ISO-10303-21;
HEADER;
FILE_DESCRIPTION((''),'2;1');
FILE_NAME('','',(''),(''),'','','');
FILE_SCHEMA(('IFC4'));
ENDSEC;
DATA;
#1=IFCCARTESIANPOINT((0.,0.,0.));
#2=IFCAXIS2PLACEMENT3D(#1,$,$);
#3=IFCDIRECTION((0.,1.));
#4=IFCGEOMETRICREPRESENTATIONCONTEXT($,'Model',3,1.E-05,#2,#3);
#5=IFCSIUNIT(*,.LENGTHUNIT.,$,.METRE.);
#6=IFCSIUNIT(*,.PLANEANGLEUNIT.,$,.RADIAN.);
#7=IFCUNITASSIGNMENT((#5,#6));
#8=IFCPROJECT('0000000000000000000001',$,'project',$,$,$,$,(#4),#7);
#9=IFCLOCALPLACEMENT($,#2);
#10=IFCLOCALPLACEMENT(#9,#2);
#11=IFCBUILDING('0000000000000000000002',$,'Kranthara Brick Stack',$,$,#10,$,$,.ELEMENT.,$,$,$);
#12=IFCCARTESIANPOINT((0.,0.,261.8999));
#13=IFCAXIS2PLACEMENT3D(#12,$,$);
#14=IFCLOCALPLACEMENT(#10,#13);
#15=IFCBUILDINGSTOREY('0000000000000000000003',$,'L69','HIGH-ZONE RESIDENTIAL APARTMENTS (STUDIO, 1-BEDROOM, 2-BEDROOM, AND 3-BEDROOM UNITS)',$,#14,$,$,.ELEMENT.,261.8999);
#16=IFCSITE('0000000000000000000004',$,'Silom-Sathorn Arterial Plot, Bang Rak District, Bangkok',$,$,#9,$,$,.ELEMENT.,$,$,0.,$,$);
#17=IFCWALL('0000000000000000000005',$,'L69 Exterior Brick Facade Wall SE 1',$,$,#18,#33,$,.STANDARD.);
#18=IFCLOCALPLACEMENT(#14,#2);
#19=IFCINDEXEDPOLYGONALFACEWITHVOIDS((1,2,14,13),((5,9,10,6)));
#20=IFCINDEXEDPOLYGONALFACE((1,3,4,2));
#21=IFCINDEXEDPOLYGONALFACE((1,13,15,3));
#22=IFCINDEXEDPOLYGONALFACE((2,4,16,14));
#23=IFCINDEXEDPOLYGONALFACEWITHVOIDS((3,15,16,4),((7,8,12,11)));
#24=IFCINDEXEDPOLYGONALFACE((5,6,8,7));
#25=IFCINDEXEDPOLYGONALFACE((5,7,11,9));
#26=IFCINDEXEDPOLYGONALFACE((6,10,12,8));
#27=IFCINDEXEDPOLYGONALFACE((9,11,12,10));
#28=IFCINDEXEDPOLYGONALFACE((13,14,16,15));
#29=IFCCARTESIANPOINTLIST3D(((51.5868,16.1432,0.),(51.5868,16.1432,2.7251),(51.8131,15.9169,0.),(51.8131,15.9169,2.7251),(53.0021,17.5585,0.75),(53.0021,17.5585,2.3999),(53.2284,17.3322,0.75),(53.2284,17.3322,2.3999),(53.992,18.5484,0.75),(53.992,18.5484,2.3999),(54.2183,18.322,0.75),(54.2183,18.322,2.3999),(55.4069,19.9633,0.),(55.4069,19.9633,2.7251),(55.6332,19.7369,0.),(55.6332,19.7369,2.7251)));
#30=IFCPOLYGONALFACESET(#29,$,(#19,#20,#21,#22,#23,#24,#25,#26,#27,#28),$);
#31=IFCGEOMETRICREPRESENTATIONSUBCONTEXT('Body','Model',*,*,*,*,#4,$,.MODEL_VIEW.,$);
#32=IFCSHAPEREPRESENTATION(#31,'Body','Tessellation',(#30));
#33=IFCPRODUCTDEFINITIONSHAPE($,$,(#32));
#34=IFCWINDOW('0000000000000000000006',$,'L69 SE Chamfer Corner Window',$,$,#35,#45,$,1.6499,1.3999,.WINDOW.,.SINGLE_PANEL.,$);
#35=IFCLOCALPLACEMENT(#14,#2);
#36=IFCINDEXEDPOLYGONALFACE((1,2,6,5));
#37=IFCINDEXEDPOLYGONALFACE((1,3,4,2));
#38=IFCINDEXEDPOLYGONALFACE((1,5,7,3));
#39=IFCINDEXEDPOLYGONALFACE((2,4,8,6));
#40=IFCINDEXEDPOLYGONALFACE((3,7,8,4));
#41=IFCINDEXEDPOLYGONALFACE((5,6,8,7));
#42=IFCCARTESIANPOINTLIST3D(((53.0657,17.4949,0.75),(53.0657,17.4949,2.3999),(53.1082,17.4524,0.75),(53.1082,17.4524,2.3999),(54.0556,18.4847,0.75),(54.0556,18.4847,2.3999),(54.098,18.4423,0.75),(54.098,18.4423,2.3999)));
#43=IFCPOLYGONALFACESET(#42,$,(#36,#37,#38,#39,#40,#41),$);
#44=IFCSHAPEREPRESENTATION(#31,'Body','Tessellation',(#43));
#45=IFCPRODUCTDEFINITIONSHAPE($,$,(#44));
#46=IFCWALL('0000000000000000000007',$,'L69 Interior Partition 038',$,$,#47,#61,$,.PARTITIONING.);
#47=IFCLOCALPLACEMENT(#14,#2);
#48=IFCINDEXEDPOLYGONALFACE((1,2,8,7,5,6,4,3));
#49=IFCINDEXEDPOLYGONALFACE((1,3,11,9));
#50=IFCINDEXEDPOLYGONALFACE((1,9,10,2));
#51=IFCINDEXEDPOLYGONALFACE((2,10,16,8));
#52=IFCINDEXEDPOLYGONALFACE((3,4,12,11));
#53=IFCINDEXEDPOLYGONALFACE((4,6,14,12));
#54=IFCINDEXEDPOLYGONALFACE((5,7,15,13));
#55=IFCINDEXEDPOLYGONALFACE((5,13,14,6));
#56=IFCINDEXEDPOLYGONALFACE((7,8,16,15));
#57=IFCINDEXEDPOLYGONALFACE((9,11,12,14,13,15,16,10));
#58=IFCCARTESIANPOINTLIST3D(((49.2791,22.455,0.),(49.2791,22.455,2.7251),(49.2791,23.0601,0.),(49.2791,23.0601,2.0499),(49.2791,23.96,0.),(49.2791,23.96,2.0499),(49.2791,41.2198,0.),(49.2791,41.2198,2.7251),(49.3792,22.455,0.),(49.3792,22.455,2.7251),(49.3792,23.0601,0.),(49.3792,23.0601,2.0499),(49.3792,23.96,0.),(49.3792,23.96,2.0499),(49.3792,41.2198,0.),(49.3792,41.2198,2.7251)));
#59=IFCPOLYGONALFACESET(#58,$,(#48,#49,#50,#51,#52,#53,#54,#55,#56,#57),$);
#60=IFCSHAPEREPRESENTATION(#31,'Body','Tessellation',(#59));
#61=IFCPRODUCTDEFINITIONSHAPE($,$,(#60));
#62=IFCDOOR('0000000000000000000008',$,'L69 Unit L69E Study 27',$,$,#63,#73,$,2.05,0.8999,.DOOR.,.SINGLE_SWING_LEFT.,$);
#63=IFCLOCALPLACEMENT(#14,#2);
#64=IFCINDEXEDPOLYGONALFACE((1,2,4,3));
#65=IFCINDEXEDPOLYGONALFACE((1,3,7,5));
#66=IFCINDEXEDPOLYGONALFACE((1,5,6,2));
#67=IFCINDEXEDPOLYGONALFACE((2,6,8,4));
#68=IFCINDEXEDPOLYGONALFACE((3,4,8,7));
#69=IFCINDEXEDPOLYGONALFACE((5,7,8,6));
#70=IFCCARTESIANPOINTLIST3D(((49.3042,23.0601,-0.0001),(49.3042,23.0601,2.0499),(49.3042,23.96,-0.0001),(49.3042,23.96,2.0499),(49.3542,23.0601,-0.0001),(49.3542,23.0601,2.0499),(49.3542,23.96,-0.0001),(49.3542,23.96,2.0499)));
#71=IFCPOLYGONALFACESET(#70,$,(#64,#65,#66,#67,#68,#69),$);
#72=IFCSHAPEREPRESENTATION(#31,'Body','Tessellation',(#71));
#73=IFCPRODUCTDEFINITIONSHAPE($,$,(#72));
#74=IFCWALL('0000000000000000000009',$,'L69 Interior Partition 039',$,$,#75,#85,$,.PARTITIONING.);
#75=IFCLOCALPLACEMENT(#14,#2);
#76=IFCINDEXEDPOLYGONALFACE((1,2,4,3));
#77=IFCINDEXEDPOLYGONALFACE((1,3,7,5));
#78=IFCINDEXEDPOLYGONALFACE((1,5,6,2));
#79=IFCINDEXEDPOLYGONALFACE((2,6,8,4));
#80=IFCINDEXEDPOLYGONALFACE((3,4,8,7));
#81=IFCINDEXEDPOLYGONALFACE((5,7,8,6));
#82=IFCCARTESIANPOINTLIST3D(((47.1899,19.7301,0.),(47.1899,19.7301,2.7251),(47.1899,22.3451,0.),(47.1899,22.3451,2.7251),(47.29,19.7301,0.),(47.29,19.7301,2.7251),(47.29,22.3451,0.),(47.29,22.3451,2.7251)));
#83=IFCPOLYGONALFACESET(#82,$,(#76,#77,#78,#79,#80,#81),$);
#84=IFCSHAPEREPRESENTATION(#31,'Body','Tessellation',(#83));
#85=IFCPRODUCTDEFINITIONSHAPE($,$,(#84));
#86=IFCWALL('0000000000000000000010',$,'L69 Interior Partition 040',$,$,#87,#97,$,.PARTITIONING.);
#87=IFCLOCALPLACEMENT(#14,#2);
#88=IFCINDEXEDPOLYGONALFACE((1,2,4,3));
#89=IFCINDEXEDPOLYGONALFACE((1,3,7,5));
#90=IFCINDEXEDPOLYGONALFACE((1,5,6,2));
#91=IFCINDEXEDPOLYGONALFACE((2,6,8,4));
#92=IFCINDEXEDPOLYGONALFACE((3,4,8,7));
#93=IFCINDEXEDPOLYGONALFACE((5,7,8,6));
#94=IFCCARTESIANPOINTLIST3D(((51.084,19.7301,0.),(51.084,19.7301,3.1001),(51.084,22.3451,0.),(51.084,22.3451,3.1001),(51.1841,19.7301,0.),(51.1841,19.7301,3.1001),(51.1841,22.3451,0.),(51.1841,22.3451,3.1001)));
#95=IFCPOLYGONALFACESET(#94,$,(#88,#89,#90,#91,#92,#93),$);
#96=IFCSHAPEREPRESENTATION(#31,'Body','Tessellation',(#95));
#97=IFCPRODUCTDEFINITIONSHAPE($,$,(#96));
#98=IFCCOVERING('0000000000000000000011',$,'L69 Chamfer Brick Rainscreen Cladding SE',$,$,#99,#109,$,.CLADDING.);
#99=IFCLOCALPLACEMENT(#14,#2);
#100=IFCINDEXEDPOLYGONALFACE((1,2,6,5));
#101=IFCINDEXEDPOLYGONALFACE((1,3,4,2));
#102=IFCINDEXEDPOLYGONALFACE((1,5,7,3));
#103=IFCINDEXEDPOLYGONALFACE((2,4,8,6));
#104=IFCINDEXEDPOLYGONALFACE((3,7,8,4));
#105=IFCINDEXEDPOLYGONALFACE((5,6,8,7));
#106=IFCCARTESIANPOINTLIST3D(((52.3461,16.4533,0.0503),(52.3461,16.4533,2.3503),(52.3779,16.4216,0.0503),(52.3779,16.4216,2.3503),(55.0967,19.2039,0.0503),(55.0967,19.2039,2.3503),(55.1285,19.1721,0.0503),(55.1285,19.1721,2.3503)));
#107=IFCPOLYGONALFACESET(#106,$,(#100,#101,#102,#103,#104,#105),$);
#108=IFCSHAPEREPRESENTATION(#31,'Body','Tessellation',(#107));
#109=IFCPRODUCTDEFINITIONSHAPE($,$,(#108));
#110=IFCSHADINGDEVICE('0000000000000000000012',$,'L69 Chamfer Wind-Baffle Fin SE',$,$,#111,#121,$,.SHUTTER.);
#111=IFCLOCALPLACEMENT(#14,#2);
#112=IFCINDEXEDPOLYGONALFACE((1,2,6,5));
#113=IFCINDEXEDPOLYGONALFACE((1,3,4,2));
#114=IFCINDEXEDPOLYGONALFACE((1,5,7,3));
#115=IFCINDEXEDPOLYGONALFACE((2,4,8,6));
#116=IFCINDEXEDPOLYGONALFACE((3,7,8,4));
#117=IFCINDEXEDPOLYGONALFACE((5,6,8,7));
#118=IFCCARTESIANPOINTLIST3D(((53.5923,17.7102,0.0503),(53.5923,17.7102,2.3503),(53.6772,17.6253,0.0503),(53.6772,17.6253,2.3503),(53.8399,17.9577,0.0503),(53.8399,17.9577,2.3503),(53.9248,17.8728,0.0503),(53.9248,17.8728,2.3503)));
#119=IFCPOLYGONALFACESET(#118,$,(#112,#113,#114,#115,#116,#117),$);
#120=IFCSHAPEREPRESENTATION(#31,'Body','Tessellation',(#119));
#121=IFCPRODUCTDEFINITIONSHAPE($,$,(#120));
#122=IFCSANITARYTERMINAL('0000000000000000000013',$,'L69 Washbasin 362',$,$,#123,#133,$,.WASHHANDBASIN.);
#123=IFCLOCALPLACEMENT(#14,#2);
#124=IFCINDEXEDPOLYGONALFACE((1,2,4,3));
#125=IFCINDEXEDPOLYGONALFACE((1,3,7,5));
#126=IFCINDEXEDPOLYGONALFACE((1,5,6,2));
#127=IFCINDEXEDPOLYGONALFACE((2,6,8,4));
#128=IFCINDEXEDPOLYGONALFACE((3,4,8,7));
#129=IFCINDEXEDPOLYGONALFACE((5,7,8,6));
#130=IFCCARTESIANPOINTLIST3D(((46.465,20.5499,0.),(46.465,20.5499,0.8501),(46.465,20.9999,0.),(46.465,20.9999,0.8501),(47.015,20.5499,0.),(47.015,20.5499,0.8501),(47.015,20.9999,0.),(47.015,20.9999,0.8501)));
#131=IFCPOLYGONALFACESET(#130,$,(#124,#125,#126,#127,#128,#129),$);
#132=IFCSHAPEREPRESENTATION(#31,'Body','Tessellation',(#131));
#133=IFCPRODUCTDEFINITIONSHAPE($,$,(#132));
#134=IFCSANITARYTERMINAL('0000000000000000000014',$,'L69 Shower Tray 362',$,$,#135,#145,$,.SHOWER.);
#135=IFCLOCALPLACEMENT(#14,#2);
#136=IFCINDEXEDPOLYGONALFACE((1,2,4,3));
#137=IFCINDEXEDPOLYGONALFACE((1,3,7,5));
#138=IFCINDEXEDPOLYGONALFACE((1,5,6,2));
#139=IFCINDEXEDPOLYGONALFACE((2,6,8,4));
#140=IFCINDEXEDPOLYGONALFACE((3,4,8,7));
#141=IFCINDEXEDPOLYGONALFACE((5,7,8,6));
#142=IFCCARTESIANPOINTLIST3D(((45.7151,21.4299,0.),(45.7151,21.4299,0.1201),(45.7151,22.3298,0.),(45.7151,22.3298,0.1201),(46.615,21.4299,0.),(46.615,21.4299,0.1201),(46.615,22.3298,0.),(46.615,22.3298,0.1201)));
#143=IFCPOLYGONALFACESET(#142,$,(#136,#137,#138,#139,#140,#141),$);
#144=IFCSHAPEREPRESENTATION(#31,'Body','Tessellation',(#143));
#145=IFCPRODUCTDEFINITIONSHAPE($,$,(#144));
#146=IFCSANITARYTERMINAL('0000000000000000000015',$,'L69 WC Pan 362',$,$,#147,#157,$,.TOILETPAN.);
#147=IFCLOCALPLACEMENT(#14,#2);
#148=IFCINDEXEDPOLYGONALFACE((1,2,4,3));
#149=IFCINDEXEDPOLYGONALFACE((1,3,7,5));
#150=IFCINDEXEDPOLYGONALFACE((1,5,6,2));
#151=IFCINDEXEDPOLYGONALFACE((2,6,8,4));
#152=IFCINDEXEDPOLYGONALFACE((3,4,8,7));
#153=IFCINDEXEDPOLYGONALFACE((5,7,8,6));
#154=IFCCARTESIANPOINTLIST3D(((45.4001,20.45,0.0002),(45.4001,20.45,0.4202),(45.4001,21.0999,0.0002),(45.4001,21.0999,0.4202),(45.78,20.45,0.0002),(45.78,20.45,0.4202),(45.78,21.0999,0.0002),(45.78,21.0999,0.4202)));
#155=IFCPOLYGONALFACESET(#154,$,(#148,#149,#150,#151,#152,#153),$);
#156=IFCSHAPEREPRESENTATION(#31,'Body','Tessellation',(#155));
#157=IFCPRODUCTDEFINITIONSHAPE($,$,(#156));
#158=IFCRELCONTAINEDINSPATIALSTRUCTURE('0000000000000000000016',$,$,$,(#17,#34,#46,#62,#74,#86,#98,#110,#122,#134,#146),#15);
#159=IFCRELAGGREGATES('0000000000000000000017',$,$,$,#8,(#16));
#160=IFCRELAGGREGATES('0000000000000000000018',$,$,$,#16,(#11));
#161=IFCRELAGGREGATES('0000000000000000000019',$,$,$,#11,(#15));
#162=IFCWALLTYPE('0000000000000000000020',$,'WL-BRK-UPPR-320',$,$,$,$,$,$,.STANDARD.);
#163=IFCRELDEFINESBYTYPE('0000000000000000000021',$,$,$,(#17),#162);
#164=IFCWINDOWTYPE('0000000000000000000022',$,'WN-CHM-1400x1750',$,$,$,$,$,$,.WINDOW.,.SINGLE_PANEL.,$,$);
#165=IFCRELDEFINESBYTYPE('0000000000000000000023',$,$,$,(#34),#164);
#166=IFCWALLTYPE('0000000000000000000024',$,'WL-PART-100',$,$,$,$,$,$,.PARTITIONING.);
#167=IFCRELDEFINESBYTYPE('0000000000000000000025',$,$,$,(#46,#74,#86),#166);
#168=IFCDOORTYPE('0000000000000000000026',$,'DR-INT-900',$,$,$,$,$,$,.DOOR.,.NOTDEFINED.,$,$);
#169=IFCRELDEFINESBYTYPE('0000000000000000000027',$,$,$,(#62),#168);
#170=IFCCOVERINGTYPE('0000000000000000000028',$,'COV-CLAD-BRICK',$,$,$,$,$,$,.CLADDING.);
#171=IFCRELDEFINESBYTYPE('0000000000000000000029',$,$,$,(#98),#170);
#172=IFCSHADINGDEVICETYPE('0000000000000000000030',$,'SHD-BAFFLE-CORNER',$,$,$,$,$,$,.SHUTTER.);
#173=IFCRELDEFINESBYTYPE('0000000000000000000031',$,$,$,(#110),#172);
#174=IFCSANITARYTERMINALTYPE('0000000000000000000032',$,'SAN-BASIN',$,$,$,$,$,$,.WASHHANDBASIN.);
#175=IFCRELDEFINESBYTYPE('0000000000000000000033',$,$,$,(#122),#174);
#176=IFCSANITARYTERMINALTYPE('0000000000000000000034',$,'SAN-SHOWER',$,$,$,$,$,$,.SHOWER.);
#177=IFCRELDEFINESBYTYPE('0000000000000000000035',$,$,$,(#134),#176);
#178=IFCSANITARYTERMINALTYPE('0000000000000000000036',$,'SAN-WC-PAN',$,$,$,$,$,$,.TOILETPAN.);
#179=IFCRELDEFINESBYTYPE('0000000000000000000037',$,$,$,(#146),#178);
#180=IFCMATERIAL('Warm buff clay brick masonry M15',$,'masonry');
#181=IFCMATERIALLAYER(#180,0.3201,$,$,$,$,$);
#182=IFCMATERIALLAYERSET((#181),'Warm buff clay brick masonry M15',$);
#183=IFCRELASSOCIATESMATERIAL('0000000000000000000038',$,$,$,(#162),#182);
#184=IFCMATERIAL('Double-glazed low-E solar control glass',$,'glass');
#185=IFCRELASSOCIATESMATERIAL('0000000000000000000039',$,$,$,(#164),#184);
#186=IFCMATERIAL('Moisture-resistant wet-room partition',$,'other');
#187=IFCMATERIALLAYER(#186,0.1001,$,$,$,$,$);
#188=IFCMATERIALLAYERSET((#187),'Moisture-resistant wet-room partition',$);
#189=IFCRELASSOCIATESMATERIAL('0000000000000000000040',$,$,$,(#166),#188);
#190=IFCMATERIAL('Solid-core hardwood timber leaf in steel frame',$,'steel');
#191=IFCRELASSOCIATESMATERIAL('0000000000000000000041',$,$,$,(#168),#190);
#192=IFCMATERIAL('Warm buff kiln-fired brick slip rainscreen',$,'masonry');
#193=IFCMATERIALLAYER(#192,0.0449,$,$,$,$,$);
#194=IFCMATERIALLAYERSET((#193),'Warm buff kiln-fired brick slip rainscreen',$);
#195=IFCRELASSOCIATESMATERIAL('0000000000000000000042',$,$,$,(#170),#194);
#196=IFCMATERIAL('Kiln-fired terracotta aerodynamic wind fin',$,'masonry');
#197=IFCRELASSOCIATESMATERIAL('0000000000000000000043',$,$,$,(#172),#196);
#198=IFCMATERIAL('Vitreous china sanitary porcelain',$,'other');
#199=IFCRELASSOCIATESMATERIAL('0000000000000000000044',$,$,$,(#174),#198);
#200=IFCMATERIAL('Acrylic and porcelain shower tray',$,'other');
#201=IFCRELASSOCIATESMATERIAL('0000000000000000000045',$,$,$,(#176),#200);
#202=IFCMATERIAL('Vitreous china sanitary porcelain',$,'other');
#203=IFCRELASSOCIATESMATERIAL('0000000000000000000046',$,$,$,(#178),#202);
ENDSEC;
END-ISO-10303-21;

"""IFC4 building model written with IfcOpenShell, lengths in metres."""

from ifc_helpers import new_model, si_unit, direction, frame, frame_2d, origin, origin_2d, place, context, subcontext, project, spatial, rectangle, extrude, material, layer, layer_set, type_object, element, fill, save


model = new_model("IFC4")

# Units and contexts
model_context = context("Model", 3, precision=1e-05, world=origin(), true_north=direction((0.0, 1.0)))
body_context = subcontext(model_context, "Body", "Model", "MODEL_VIEW")
ifc_project = project(units=[si_unit("LENGTHUNIT", "METRE"), si_unit("PLANEANGLEUNIT", "RADIAN")], contexts=[model_context])

# Site, building, storey
site_placement = place(None, origin())
site = spatial("IfcSite", under=ifc_project, at=site_placement, Name="Silom-Sathorn Arterial Plot, Bang Rak District, Bangkok", CompositionType="ELEMENT", RefElevation=0.0)
building_placement = place(site_placement, origin())
building = spatial("IfcBuilding", under=site, at=building_placement, Name="Kranthara Brick Stack", CompositionType="ELEMENT")
storey_placement = place(building_placement, frame((0.0, 0.0, 261.8999)))
storey = spatial("IfcBuildingStorey", under=building, at=storey_placement, Name="L69", Description="HIGH-ZONE RESIDENTIAL APARTMENTS (STUDIO, 1-BEDROOM, 2-BEDROOM, AND 3-BEDROOM UNITS)", CompositionType="ELEMENT", Elevation=261.8999)

# Shared definitions
ifc_material_1 = material(Name="Warm buff clay brick masonry M15", Category="masonry")
ifc_layer_1 = layer(ifc_material_1, 0.3201)
ifc_layer_set_1 = layer_set([ifc_layer_1], Name="Warm buff clay brick masonry M15")
wall_type_1 = type_object("IfcWallType", Name="WL-BRK-UPPR-320", PredefinedType="STANDARD", material=ifc_layer_set_1)

# Wall, opening, window
wall_1_placement = place(storey_placement, frame((55.52, 19.8501, 0.0), z_axis=(0.0, 0.0, 1.0), x_axis=(-0.707107, -0.707107, 0.0)))
wall_1 = element("IfcWall", 1, at=wall_1_placement, inside=storey, type_object=wall_type_1, Name="L69 Exterior Brick Facade Wall SE 1", PredefinedType="STANDARD", context=body_context, shape_type="SweptSolid", body=[
    extrude(rectangle(XDim=5.4023, YDim=0.3201, at=frame_2d((2.7012, 0.0))), origin(), (0.0, 0.0, 1.0), 2.7251),
])
opening_1_placement = place(wall_1_placement, frame((2.001, 0.0, 0.75)))
opening_1 = element("IfcOpeningElement", 2, at=opening_1_placement, cuts=wall_1, PredefinedType="OPENING", context=body_context, shape_type="SweptSolid", body=[
    extrude(rectangle(XDim=1.3999, YDim=1.6499, at=frame_2d((0.7, 0.825))), frame((0.0, 0.1699, 0.0), z_axis=(0.0, -1.0, 0.0), x_axis=(1.0, 0.0, 0.0)), (0.0, 0.0, 1.0), 0.3401),
])
ifc_material_2 = material(Name="Double-glazed low-E solar control glass", Category="glass")
window_type_1 = type_object("IfcWindowType", Name="WN-CHM-1400x1750", PartitioningType="SINGLE_PANEL", PredefinedType="WINDOW", material=ifc_material_2)
window_1_placement = place(opening_1_placement, origin())
window_1 = element("IfcWindow", 3, at=window_1_placement, inside=storey, type_object=window_type_1, Name="L69 SE Chamfer Corner Window", OverallHeight=1.6499, OverallWidth=1.3999, PartitioningType="SINGLE_PANEL", PredefinedType="WINDOW", context=body_context, shape_type="SweptSolid", body=[
    extrude(rectangle(XDim=1.3999, YDim=1.6499, at=frame_2d((0.7, 0.825))), frame((0.0, -0.01, 0.0), z_axis=(0.0, -1.0, 0.0), x_axis=(1.0, 0.0, 0.0)), (0.0, 0.0, 1.0), 0.0601),
])
fill(opening_1, window_1)

# Wall, opening, door
ifc_material_3 = material(Name="Moisture-resistant wet-room partition", Category="other")
ifc_layer_2 = layer(ifc_material_3, 0.1001)
ifc_layer_set_2 = layer_set([ifc_layer_2], Name="Moisture-resistant wet-room partition")
wall_type_2 = type_object("IfcWallType", Name="WL-PART-100", PredefinedType="PARTITIONING", material=ifc_layer_set_2)
wall_2_placement = place(storey_placement, frame((49.3291, 22.4551, 0.0), z_axis=(0.0, 0.0, 1.0), x_axis=(0.0, 1.0, 0.0)))
wall_2 = element("IfcWall", 4, at=wall_2_placement, inside=storey, type_object=wall_type_2, Name="L69 Interior Partition 038", PredefinedType="PARTITIONING", context=body_context, shape_type="SweptSolid", body=[
    extrude(rectangle(XDim=18.7649, YDim=0.1001, at=frame_2d((9.3823, 0.0))), origin(), (0.0, 0.0, 1.0), 2.7251),
])
opening_2_placement = place(wall_2_placement, frame((0.605, 0.0, 0.0)))
opening_2 = element("IfcOpeningElement", 5, at=opening_2_placement, cuts=wall_2, PredefinedType="OPENING", context=body_context, shape_type="SweptSolid", body=[
    extrude(rectangle(XDim=0.8999, YDim=2.05, at=frame_2d((0.45, 1.0249))), frame((0.0, 0.0601, 0.0), z_axis=(0.0, -1.0, 0.0), x_axis=(1.0, 0.0, 0.0)), (0.0, 0.0, 1.0), 0.1201),
])
ifc_material_4 = material(Name="Solid-core hardwood timber leaf in steel frame", Category="steel")
door_type_1 = type_object("IfcDoorType", Name="DR-INT-900", OperationType="NOTDEFINED", PredefinedType="DOOR", material=ifc_material_4)
door_1_placement = place(opening_2_placement, origin())
door_1 = element("IfcDoor", 6, at=door_1_placement, inside=storey, type_object=door_type_1, Name="L69 Unit L69E Study 27", OperationType="SINGLE_SWING_LEFT", OverallHeight=2.05, OverallWidth=0.8999, PredefinedType="DOOR", context=body_context, shape_type="SweptSolid", body=[
    extrude(rectangle(XDim=0.8999, YDim=2.05, at=frame_2d((0.45, 1.0249))), frame((0.0, 0.0249, 0.0), z_axis=(0.0, -1.0, 0.0), x_axis=(1.0, 0.0, 0.0)), (0.0, 0.0, 1.0), 0.05),
])
fill(opening_2, door_1)

# Walls
wall_3_placement = place(storey_placement, frame((47.24, 19.73, 0.0), z_axis=(0.0, 0.0, 1.0), x_axis=(0.0, 1.0, 0.0)))
element("IfcWall", 7, at=wall_3_placement, inside=storey, type_object=wall_type_2, Name="L69 Interior Partition 039", PredefinedType="PARTITIONING", context=body_context, shape_type="SweptSolid", body=[
    extrude(rectangle(XDim=2.615, YDim=0.1001, at=frame_2d((1.3076, 0.0))), origin(), (0.0, 0.0, 1.0), 2.7251),
])
wall_4_placement = place(storey_placement, frame((51.134, 19.73, 0.0), z_axis=(0.0, 0.0, 1.0), x_axis=(0.0, 1.0, 0.0)))
element("IfcWall", 8, at=wall_4_placement, inside=storey, type_object=wall_type_2, Name="L69 Interior Partition 040", PredefinedType="PARTITIONING", context=body_context, shape_type="SweptSolid", body=[
    extrude(rectangle(XDim=2.615, YDim=0.1001, at=frame_2d((1.3076, 0.0))), origin(), (0.0, 0.0, 1.0), 3.1001),
])

# Covering
ifc_material_5 = material(Name="Warm buff kiln-fired brick slip rainscreen", Category="masonry")
ifc_layer_3 = layer(ifc_material_5, 0.0449)
ifc_layer_set_3 = layer_set([ifc_layer_3], Name="Warm buff kiln-fired brick slip rainscreen")
covering_type = type_object("IfcCoveringType", Name="COV-CLAD-BRICK", PredefinedType="CLADDING", material=ifc_layer_set_3)
covering_placement = place(storey_placement, frame((53.7373, 17.8127, 0.0503), z_axis=(0.0, 0.0, 1.0), x_axis=(-0.707107, -0.707107, 0.0)))
element("IfcCovering", 9, at=covering_placement, inside=storey, type_object=covering_type, Name="L69 Chamfer Brick Rainscreen Cladding SE", PredefinedType="CLADDING", context=body_context, shape_type="SweptSolid", body=[
    extrude(rectangle(XDim=3.8899, YDim=0.0449, at=origin_2d()), origin(), (0.0, 0.0, 1.0), 2.3),
])

# Shading device
ifc_material_6 = material(Name="Kiln-fired terracotta aerodynamic wind fin", Category="masonry")
shading_device_type = type_object("IfcShadingDeviceType", Name="SHD-BAFFLE-CORNER", PredefinedType="SHUTTER", material=ifc_material_6)
shading_device_placement = place(storey_placement, frame((53.7585, 17.7915, 0.0503), z_axis=(0.0, 0.0, 1.0), x_axis=(-0.707107, -0.707107, 0.0)))
element("IfcShadingDevice", 10, at=shading_device_placement, inside=storey, type_object=shading_device_type, Name="L69 Chamfer Wind-Baffle Fin SE", PredefinedType="SHUTTER", context=body_context, shape_type="SweptSolid", body=[
    extrude(rectangle(XDim=0.3501, YDim=0.1201, at=origin_2d()), origin(), (0.0, 0.0, 1.0), 2.3),
])

# Sanitary terminals
ifc_material_7 = material(Name="Vitreous china sanitary porcelain", Category="other")
sanitary_terminal_type_1 = type_object("IfcSanitaryTerminalType", Name="SAN-BASIN", PredefinedType="WASHHANDBASIN", material=ifc_material_7)
sanitary_terminal_1_placement = place(storey_placement, frame((46.74, 20.7749, 0.0), z_axis=(0.0, 0.0, 1.0), x_axis=(1.0, 0.0, 0.0)))
element("IfcSanitaryTerminal", 11, at=sanitary_terminal_1_placement, inside=storey, type_object=sanitary_terminal_type_1, Name="L69 Washbasin 362", PredefinedType="WASHHANDBASIN", context=body_context, shape_type="SweptSolid", body=[
    extrude(rectangle(XDim=0.55, YDim=0.45, at=origin_2d()), origin(), (0.0, 0.0, 1.0), 0.8501),
])
ifc_material_8 = material(Name="Acrylic and porcelain shower tray", Category="other")
sanitary_terminal_type_2 = type_object("IfcSanitaryTerminalType", Name="SAN-SHOWER", PredefinedType="SHOWER", material=ifc_material_8)
sanitary_terminal_2_placement = place(storey_placement, frame((46.165, 21.8799, 0.0), z_axis=(0.0, 0.0, 1.0), x_axis=(1.0, 0.0, 0.0)))
element("IfcSanitaryTerminal", 12, at=sanitary_terminal_2_placement, inside=storey, type_object=sanitary_terminal_type_2, Name="L69 Shower Tray 362", PredefinedType="SHOWER", context=body_context, shape_type="SweptSolid", body=[
    extrude(rectangle(XDim=0.8999, YDim=0.8999, at=origin_2d()), origin(), (0.0, 0.0, 1.0), 0.1201),
])
ifc_material_9 = material(Name="Vitreous china sanitary porcelain", Category="other")
sanitary_terminal_type_3 = type_object("IfcSanitaryTerminalType", Name="SAN-WC-PAN", PredefinedType="TOILETPAN", material=ifc_material_9)
sanitary_terminal_3_placement = place(storey_placement, frame((45.5901, 20.7749, 0.0002), z_axis=(0.0, 0.0, 1.0), x_axis=(1.0, 0.0, 0.0)))
element("IfcSanitaryTerminal", 13, at=sanitary_terminal_3_placement, inside=storey, type_object=sanitary_terminal_type_3, Name="L69 WC Pan 362", PredefinedType="TOILETPAN", context=body_context, shape_type="SweptSolid", body=[
    extrude(rectangle(XDim=0.3799, YDim=0.6499, at=origin_2d()), origin(), (0.0, 0.0, 1.0), 0.4199),
])

save(model, "model.ifc")
